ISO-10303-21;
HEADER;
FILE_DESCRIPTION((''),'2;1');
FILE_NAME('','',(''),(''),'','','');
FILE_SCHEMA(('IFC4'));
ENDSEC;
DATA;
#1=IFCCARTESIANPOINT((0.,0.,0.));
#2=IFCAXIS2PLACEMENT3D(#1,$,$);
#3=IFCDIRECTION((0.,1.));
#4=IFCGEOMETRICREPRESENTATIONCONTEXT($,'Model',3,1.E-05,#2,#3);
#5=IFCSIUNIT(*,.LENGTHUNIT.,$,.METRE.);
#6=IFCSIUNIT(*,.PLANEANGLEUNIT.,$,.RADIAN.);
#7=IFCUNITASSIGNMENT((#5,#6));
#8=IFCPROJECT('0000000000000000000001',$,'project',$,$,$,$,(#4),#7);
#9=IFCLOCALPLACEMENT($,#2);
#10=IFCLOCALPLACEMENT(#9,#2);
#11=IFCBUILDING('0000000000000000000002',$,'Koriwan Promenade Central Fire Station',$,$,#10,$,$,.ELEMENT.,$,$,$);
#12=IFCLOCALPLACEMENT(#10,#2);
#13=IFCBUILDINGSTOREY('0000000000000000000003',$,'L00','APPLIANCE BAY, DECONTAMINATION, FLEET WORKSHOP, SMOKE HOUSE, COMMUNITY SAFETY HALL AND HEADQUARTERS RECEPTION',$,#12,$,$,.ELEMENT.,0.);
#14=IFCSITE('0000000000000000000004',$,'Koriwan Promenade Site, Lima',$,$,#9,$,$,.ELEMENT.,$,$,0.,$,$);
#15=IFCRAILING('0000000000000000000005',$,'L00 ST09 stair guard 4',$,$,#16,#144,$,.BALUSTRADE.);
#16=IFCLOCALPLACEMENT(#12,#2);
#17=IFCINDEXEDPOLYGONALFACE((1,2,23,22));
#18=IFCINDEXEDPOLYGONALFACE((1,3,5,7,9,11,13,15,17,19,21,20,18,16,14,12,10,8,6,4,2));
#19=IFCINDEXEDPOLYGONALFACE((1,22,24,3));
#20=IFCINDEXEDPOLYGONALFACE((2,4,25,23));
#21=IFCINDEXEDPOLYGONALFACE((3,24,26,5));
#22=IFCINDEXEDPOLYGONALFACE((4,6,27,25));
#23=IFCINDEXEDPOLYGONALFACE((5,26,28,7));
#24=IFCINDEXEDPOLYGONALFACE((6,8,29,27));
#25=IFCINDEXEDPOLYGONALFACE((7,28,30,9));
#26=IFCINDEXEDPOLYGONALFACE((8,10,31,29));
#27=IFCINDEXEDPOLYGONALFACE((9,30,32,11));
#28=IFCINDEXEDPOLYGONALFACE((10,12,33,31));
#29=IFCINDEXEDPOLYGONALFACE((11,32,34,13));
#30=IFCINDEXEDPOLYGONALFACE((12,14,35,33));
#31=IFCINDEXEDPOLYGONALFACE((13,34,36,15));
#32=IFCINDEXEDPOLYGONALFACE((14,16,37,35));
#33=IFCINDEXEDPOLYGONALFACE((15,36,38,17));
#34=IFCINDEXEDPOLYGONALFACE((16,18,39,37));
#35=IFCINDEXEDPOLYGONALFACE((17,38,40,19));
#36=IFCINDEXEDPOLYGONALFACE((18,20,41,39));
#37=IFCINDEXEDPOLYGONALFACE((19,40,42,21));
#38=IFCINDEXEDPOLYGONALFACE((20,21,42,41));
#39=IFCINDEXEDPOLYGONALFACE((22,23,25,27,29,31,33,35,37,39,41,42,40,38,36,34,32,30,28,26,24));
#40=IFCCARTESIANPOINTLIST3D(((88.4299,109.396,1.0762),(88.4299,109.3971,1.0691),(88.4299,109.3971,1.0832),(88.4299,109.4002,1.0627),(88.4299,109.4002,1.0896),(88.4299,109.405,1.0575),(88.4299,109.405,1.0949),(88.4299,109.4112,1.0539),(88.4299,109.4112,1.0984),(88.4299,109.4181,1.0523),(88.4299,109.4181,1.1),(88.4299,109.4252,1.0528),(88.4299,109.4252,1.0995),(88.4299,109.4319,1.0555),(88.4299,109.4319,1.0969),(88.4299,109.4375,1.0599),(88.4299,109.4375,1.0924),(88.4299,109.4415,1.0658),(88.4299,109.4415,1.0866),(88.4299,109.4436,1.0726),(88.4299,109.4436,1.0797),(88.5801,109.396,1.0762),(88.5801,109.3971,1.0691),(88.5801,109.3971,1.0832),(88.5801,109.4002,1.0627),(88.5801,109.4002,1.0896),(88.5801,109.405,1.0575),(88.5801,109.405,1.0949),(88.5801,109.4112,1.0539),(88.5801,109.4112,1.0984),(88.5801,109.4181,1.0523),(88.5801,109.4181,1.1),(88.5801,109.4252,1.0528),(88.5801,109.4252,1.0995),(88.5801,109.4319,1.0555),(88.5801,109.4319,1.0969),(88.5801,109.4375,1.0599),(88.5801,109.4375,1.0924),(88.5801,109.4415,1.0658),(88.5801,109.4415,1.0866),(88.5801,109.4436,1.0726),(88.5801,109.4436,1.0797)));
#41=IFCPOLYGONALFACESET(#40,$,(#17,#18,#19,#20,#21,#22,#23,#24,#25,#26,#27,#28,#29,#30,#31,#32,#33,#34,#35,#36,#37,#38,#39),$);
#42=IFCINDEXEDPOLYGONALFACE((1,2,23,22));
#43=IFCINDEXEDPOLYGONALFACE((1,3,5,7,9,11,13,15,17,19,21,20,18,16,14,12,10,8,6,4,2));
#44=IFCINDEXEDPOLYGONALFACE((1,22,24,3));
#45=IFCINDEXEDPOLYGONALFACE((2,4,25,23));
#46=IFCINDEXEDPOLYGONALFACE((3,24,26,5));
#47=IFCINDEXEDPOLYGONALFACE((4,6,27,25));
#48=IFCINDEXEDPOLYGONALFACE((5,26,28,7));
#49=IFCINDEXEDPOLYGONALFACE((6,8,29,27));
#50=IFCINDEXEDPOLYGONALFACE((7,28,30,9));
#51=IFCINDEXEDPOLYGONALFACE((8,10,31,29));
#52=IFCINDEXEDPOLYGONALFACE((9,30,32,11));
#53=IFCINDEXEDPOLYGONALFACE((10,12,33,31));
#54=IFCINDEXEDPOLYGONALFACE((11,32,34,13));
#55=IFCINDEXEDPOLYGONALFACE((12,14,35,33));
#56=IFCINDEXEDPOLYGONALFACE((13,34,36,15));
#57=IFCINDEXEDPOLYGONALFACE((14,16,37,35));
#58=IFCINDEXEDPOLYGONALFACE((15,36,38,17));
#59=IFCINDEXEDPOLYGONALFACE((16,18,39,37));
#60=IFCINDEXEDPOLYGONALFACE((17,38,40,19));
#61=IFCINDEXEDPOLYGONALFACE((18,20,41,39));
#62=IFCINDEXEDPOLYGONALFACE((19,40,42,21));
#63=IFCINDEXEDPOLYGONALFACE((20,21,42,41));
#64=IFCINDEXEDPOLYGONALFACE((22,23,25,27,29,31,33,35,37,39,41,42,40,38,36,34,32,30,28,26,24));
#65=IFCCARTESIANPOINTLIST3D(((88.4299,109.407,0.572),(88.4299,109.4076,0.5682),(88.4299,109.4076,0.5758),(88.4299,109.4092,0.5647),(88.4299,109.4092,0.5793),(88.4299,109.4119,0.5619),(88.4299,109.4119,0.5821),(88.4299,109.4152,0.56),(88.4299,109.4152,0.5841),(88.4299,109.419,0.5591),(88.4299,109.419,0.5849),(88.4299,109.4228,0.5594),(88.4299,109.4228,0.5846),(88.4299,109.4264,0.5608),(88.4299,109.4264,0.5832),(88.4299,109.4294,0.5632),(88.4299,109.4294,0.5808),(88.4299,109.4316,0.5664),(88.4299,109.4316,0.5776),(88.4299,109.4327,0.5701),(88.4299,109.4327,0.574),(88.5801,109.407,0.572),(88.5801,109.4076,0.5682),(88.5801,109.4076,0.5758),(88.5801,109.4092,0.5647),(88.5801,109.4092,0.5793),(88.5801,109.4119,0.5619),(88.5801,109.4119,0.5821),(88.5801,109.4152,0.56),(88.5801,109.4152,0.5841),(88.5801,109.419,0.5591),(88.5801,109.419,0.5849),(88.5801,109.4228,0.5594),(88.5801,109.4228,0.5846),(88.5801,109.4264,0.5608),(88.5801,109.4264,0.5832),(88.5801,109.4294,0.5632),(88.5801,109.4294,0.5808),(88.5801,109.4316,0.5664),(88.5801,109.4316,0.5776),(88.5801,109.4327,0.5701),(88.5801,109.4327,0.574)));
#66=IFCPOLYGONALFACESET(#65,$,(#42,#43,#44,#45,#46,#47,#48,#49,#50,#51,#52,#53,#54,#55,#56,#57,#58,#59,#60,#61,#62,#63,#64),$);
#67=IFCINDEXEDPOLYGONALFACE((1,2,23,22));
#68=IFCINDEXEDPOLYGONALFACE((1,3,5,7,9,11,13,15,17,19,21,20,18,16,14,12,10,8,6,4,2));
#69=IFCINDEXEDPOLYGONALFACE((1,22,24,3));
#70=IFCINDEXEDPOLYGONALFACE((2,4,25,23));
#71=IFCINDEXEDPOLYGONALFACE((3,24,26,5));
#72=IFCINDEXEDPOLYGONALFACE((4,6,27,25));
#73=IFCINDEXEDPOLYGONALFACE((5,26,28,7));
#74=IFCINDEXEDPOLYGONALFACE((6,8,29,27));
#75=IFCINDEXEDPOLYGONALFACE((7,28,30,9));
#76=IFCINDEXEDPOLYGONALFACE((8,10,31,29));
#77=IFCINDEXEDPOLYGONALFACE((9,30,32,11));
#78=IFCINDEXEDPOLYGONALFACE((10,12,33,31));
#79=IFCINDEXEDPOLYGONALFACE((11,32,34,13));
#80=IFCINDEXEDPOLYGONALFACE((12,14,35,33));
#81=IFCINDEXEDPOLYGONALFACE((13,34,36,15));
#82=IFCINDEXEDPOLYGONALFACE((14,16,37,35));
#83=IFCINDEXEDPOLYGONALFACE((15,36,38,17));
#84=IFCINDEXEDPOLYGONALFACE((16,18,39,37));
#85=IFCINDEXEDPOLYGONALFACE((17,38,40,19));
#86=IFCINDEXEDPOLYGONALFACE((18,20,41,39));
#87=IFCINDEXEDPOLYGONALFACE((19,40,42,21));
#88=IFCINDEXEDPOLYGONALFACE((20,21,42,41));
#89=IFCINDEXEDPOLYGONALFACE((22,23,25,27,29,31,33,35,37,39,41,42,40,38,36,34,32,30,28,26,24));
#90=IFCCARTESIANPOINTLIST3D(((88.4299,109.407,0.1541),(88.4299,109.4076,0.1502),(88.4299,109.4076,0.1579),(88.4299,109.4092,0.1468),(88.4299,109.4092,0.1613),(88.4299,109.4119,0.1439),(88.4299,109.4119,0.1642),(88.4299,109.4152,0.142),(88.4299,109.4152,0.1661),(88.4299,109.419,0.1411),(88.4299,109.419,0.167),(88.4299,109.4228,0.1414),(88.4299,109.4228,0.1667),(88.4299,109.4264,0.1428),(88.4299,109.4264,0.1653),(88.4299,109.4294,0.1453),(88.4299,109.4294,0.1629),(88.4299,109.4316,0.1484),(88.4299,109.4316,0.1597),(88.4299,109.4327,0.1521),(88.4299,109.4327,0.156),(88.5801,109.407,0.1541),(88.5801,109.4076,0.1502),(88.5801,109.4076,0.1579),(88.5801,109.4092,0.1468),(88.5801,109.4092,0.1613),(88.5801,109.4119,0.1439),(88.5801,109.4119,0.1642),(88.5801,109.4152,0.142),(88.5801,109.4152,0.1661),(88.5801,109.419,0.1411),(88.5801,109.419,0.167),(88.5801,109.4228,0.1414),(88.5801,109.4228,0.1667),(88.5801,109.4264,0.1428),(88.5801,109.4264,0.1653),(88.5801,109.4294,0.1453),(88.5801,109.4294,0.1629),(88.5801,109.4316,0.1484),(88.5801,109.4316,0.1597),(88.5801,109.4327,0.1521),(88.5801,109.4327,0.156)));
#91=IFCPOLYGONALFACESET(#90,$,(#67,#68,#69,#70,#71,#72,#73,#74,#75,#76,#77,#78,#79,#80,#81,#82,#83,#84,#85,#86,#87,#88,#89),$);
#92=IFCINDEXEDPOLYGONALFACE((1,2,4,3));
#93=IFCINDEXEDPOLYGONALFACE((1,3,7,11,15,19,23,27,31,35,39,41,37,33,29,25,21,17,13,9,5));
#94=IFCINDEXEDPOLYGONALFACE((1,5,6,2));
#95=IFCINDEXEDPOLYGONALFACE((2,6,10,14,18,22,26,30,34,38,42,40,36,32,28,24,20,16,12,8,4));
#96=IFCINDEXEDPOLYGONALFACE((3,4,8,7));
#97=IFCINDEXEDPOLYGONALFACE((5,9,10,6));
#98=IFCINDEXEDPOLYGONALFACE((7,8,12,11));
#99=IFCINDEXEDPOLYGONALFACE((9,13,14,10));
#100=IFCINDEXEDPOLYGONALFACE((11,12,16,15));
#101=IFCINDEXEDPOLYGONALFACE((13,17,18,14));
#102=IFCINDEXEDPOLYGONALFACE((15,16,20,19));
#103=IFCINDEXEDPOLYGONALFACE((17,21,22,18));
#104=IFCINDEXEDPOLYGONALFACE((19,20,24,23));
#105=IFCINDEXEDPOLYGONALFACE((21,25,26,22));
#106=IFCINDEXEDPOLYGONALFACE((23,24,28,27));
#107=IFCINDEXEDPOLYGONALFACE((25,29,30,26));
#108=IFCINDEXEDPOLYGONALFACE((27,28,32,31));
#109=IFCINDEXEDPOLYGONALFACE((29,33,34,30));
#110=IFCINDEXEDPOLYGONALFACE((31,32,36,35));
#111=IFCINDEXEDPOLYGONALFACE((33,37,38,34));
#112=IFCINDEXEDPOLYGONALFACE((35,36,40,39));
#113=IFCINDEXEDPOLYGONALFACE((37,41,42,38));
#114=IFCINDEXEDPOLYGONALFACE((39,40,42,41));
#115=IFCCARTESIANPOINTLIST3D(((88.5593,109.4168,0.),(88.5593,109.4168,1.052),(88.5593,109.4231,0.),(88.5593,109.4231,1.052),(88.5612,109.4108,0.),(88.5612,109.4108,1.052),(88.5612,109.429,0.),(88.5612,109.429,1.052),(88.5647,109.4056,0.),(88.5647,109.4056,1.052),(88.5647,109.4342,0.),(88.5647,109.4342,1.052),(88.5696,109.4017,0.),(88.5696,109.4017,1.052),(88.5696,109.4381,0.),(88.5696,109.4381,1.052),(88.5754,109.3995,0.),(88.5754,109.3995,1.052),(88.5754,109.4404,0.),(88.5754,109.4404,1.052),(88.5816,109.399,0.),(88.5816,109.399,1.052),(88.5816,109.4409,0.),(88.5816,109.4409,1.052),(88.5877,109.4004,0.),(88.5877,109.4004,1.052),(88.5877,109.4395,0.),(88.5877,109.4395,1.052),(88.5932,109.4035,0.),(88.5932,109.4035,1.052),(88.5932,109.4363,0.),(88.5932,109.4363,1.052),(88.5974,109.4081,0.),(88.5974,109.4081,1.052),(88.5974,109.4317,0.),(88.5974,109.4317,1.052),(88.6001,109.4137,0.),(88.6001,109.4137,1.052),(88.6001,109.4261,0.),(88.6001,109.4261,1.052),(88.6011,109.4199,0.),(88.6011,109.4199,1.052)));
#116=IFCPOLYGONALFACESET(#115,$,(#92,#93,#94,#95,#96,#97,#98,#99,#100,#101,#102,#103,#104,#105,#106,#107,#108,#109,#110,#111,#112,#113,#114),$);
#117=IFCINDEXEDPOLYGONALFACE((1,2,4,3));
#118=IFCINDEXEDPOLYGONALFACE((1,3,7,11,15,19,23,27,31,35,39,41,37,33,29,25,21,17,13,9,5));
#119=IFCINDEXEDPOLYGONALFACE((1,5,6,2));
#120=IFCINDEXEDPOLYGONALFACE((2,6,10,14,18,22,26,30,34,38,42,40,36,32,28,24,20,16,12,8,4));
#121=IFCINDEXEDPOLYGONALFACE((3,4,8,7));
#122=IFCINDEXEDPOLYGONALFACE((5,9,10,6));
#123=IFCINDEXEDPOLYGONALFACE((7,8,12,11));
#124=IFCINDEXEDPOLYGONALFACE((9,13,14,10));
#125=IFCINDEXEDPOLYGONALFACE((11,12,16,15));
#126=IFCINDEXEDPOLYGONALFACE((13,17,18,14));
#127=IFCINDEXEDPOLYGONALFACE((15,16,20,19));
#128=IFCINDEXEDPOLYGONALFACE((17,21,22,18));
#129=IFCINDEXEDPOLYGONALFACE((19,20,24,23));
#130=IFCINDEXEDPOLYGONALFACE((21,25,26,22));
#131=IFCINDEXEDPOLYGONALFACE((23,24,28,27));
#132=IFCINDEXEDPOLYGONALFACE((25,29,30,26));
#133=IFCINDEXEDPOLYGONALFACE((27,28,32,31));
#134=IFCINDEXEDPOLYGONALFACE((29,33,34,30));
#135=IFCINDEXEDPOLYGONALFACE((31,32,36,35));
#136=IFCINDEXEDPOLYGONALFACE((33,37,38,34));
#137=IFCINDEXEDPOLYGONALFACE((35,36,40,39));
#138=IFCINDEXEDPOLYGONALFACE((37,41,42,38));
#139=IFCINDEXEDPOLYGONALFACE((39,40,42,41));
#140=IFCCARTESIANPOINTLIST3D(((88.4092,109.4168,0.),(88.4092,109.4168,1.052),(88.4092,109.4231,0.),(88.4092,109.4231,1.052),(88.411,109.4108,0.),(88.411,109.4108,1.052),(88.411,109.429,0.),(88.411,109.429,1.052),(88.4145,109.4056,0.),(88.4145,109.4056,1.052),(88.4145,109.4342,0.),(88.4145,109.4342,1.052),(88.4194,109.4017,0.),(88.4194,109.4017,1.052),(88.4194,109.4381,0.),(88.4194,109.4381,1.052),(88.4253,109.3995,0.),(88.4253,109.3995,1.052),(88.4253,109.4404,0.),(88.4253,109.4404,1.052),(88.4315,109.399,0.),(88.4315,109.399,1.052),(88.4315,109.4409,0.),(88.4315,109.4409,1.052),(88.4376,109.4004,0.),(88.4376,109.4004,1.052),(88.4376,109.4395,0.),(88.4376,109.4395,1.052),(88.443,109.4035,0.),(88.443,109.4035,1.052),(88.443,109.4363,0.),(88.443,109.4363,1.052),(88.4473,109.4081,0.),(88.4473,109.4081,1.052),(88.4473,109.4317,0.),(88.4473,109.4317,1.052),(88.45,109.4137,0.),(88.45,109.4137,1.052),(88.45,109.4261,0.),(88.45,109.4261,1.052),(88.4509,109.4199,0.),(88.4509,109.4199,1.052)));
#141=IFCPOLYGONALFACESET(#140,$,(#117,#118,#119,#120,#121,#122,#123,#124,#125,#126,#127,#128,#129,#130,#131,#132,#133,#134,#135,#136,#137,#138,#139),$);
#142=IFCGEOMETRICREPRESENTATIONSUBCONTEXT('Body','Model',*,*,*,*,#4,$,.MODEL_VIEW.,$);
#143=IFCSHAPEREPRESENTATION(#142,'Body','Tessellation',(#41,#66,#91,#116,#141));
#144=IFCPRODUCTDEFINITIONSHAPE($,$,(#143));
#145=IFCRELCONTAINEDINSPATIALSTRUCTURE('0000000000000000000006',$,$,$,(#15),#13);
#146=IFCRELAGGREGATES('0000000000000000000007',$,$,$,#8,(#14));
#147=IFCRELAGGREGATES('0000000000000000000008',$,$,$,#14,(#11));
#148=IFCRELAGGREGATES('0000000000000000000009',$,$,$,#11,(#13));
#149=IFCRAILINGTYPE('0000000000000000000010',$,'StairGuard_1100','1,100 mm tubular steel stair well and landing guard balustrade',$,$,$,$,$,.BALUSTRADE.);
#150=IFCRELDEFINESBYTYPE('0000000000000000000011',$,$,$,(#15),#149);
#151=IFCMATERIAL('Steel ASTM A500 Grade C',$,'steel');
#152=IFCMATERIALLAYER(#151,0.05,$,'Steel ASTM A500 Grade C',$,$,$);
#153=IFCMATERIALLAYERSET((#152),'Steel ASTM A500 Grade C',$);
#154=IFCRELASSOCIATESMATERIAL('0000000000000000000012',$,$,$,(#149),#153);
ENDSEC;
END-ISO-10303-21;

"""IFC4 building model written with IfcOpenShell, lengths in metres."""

from ifc_helpers import new_model, si_unit, direction, frame, origin, origin_2d, place, context, subcontext, project, spatial, circle, extrude, material, layer, layer_set, type_object, element, save


model = new_model("IFC4")

# Units and contexts
model_context = context("Model", 3, precision=1e-05, world=origin(), true_north=direction((0.0, 1.0)))
body_context = subcontext(model_context, "Body", "Model", "MODEL_VIEW")
ifc_project = project(units=[si_unit("LENGTHUNIT", "METRE"), si_unit("PLANEANGLEUNIT", "RADIAN")], contexts=[model_context])

# Site, building, storey
site_placement = place(None, origin())
site = spatial("IfcSite", under=ifc_project, at=site_placement, Name="Koriwan Promenade Site, Lima", CompositionType="ELEMENT", RefElevation=0.0)
building_placement = place(site_placement, origin())
building = spatial("IfcBuilding", under=site, at=building_placement, Name="Koriwan Promenade Central Fire Station", CompositionType="ELEMENT")
storey_placement = place(building_placement, origin())
storey = spatial("IfcBuildingStorey", under=building, at=storey_placement, Name="L00", Description="APPLIANCE BAY, DECONTAMINATION, FLEET WORKSHOP, SMOKE HOUSE, COMMUNITY SAFETY HALL AND HEADQUARTERS RECEPTION", CompositionType="ELEMENT", Elevation=0.0)

# Railing
ifc_material_1 = material(Name="Steel ASTM A500 Grade C", Category="steel")
ifc_layer_1 = layer(ifc_material_1, 0.05, Name="Steel ASTM A500 Grade C")
ifc_layer_set_1 = layer_set([ifc_layer_1], Name="Steel ASTM A500 Grade C")
railing_type_1 = type_object("IfcRailingType", Name="StairGuard_1100", Description="1,100 mm tubular steel stair well and landing guard balustrade", PredefinedType="BALUSTRADE", material=ifc_layer_set_1)
railing_1_placement = place(storey_placement, frame((88.5801, 109.4199, 0.0)))
element("IfcRailing", 1, at=railing_1_placement, inside=storey, type_object=railing_type_1, Name="L00 ST09 stair guard 4", PredefinedType="BALUSTRADE", context=body_context, shape_type="SweptSolid", body=[
    extrude(circle(Radius=0.0239, at=origin_2d()), frame((0.0, 0.0, 1.0762), z_axis=(-1.0, 0.0, 0.0), x_axis=(0.0, -1.0, 0.0)), (0.0, 0.0, 1.0), 0.1501),
    extrude(circle(Radius=0.0129, at=origin_2d()), frame((0.0, 0.0, 0.572), z_axis=(-1.0, 0.0, 0.0), x_axis=(0.0, -1.0, 0.0)), (0.0, 0.0, 1.0), 0.1501),
    extrude(circle(Radius=0.0129, at=origin_2d()), frame((0.0, 0.0, 0.1541), z_axis=(-1.0, 0.0, 0.0), x_axis=(0.0, -1.0, 0.0)), (0.0, 0.0, 1.0), 0.1501),
    extrude(circle(Radius=0.021, at=origin_2d()), origin(), (0.0, 0.0, 1.0), 1.052),
    extrude(circle(Radius=0.021, at=origin_2d()), frame((-0.1501, 0.0, 0.0)), (0.0, 0.0, 1.0), 1.052),
])

save(model, "model.ifc")
